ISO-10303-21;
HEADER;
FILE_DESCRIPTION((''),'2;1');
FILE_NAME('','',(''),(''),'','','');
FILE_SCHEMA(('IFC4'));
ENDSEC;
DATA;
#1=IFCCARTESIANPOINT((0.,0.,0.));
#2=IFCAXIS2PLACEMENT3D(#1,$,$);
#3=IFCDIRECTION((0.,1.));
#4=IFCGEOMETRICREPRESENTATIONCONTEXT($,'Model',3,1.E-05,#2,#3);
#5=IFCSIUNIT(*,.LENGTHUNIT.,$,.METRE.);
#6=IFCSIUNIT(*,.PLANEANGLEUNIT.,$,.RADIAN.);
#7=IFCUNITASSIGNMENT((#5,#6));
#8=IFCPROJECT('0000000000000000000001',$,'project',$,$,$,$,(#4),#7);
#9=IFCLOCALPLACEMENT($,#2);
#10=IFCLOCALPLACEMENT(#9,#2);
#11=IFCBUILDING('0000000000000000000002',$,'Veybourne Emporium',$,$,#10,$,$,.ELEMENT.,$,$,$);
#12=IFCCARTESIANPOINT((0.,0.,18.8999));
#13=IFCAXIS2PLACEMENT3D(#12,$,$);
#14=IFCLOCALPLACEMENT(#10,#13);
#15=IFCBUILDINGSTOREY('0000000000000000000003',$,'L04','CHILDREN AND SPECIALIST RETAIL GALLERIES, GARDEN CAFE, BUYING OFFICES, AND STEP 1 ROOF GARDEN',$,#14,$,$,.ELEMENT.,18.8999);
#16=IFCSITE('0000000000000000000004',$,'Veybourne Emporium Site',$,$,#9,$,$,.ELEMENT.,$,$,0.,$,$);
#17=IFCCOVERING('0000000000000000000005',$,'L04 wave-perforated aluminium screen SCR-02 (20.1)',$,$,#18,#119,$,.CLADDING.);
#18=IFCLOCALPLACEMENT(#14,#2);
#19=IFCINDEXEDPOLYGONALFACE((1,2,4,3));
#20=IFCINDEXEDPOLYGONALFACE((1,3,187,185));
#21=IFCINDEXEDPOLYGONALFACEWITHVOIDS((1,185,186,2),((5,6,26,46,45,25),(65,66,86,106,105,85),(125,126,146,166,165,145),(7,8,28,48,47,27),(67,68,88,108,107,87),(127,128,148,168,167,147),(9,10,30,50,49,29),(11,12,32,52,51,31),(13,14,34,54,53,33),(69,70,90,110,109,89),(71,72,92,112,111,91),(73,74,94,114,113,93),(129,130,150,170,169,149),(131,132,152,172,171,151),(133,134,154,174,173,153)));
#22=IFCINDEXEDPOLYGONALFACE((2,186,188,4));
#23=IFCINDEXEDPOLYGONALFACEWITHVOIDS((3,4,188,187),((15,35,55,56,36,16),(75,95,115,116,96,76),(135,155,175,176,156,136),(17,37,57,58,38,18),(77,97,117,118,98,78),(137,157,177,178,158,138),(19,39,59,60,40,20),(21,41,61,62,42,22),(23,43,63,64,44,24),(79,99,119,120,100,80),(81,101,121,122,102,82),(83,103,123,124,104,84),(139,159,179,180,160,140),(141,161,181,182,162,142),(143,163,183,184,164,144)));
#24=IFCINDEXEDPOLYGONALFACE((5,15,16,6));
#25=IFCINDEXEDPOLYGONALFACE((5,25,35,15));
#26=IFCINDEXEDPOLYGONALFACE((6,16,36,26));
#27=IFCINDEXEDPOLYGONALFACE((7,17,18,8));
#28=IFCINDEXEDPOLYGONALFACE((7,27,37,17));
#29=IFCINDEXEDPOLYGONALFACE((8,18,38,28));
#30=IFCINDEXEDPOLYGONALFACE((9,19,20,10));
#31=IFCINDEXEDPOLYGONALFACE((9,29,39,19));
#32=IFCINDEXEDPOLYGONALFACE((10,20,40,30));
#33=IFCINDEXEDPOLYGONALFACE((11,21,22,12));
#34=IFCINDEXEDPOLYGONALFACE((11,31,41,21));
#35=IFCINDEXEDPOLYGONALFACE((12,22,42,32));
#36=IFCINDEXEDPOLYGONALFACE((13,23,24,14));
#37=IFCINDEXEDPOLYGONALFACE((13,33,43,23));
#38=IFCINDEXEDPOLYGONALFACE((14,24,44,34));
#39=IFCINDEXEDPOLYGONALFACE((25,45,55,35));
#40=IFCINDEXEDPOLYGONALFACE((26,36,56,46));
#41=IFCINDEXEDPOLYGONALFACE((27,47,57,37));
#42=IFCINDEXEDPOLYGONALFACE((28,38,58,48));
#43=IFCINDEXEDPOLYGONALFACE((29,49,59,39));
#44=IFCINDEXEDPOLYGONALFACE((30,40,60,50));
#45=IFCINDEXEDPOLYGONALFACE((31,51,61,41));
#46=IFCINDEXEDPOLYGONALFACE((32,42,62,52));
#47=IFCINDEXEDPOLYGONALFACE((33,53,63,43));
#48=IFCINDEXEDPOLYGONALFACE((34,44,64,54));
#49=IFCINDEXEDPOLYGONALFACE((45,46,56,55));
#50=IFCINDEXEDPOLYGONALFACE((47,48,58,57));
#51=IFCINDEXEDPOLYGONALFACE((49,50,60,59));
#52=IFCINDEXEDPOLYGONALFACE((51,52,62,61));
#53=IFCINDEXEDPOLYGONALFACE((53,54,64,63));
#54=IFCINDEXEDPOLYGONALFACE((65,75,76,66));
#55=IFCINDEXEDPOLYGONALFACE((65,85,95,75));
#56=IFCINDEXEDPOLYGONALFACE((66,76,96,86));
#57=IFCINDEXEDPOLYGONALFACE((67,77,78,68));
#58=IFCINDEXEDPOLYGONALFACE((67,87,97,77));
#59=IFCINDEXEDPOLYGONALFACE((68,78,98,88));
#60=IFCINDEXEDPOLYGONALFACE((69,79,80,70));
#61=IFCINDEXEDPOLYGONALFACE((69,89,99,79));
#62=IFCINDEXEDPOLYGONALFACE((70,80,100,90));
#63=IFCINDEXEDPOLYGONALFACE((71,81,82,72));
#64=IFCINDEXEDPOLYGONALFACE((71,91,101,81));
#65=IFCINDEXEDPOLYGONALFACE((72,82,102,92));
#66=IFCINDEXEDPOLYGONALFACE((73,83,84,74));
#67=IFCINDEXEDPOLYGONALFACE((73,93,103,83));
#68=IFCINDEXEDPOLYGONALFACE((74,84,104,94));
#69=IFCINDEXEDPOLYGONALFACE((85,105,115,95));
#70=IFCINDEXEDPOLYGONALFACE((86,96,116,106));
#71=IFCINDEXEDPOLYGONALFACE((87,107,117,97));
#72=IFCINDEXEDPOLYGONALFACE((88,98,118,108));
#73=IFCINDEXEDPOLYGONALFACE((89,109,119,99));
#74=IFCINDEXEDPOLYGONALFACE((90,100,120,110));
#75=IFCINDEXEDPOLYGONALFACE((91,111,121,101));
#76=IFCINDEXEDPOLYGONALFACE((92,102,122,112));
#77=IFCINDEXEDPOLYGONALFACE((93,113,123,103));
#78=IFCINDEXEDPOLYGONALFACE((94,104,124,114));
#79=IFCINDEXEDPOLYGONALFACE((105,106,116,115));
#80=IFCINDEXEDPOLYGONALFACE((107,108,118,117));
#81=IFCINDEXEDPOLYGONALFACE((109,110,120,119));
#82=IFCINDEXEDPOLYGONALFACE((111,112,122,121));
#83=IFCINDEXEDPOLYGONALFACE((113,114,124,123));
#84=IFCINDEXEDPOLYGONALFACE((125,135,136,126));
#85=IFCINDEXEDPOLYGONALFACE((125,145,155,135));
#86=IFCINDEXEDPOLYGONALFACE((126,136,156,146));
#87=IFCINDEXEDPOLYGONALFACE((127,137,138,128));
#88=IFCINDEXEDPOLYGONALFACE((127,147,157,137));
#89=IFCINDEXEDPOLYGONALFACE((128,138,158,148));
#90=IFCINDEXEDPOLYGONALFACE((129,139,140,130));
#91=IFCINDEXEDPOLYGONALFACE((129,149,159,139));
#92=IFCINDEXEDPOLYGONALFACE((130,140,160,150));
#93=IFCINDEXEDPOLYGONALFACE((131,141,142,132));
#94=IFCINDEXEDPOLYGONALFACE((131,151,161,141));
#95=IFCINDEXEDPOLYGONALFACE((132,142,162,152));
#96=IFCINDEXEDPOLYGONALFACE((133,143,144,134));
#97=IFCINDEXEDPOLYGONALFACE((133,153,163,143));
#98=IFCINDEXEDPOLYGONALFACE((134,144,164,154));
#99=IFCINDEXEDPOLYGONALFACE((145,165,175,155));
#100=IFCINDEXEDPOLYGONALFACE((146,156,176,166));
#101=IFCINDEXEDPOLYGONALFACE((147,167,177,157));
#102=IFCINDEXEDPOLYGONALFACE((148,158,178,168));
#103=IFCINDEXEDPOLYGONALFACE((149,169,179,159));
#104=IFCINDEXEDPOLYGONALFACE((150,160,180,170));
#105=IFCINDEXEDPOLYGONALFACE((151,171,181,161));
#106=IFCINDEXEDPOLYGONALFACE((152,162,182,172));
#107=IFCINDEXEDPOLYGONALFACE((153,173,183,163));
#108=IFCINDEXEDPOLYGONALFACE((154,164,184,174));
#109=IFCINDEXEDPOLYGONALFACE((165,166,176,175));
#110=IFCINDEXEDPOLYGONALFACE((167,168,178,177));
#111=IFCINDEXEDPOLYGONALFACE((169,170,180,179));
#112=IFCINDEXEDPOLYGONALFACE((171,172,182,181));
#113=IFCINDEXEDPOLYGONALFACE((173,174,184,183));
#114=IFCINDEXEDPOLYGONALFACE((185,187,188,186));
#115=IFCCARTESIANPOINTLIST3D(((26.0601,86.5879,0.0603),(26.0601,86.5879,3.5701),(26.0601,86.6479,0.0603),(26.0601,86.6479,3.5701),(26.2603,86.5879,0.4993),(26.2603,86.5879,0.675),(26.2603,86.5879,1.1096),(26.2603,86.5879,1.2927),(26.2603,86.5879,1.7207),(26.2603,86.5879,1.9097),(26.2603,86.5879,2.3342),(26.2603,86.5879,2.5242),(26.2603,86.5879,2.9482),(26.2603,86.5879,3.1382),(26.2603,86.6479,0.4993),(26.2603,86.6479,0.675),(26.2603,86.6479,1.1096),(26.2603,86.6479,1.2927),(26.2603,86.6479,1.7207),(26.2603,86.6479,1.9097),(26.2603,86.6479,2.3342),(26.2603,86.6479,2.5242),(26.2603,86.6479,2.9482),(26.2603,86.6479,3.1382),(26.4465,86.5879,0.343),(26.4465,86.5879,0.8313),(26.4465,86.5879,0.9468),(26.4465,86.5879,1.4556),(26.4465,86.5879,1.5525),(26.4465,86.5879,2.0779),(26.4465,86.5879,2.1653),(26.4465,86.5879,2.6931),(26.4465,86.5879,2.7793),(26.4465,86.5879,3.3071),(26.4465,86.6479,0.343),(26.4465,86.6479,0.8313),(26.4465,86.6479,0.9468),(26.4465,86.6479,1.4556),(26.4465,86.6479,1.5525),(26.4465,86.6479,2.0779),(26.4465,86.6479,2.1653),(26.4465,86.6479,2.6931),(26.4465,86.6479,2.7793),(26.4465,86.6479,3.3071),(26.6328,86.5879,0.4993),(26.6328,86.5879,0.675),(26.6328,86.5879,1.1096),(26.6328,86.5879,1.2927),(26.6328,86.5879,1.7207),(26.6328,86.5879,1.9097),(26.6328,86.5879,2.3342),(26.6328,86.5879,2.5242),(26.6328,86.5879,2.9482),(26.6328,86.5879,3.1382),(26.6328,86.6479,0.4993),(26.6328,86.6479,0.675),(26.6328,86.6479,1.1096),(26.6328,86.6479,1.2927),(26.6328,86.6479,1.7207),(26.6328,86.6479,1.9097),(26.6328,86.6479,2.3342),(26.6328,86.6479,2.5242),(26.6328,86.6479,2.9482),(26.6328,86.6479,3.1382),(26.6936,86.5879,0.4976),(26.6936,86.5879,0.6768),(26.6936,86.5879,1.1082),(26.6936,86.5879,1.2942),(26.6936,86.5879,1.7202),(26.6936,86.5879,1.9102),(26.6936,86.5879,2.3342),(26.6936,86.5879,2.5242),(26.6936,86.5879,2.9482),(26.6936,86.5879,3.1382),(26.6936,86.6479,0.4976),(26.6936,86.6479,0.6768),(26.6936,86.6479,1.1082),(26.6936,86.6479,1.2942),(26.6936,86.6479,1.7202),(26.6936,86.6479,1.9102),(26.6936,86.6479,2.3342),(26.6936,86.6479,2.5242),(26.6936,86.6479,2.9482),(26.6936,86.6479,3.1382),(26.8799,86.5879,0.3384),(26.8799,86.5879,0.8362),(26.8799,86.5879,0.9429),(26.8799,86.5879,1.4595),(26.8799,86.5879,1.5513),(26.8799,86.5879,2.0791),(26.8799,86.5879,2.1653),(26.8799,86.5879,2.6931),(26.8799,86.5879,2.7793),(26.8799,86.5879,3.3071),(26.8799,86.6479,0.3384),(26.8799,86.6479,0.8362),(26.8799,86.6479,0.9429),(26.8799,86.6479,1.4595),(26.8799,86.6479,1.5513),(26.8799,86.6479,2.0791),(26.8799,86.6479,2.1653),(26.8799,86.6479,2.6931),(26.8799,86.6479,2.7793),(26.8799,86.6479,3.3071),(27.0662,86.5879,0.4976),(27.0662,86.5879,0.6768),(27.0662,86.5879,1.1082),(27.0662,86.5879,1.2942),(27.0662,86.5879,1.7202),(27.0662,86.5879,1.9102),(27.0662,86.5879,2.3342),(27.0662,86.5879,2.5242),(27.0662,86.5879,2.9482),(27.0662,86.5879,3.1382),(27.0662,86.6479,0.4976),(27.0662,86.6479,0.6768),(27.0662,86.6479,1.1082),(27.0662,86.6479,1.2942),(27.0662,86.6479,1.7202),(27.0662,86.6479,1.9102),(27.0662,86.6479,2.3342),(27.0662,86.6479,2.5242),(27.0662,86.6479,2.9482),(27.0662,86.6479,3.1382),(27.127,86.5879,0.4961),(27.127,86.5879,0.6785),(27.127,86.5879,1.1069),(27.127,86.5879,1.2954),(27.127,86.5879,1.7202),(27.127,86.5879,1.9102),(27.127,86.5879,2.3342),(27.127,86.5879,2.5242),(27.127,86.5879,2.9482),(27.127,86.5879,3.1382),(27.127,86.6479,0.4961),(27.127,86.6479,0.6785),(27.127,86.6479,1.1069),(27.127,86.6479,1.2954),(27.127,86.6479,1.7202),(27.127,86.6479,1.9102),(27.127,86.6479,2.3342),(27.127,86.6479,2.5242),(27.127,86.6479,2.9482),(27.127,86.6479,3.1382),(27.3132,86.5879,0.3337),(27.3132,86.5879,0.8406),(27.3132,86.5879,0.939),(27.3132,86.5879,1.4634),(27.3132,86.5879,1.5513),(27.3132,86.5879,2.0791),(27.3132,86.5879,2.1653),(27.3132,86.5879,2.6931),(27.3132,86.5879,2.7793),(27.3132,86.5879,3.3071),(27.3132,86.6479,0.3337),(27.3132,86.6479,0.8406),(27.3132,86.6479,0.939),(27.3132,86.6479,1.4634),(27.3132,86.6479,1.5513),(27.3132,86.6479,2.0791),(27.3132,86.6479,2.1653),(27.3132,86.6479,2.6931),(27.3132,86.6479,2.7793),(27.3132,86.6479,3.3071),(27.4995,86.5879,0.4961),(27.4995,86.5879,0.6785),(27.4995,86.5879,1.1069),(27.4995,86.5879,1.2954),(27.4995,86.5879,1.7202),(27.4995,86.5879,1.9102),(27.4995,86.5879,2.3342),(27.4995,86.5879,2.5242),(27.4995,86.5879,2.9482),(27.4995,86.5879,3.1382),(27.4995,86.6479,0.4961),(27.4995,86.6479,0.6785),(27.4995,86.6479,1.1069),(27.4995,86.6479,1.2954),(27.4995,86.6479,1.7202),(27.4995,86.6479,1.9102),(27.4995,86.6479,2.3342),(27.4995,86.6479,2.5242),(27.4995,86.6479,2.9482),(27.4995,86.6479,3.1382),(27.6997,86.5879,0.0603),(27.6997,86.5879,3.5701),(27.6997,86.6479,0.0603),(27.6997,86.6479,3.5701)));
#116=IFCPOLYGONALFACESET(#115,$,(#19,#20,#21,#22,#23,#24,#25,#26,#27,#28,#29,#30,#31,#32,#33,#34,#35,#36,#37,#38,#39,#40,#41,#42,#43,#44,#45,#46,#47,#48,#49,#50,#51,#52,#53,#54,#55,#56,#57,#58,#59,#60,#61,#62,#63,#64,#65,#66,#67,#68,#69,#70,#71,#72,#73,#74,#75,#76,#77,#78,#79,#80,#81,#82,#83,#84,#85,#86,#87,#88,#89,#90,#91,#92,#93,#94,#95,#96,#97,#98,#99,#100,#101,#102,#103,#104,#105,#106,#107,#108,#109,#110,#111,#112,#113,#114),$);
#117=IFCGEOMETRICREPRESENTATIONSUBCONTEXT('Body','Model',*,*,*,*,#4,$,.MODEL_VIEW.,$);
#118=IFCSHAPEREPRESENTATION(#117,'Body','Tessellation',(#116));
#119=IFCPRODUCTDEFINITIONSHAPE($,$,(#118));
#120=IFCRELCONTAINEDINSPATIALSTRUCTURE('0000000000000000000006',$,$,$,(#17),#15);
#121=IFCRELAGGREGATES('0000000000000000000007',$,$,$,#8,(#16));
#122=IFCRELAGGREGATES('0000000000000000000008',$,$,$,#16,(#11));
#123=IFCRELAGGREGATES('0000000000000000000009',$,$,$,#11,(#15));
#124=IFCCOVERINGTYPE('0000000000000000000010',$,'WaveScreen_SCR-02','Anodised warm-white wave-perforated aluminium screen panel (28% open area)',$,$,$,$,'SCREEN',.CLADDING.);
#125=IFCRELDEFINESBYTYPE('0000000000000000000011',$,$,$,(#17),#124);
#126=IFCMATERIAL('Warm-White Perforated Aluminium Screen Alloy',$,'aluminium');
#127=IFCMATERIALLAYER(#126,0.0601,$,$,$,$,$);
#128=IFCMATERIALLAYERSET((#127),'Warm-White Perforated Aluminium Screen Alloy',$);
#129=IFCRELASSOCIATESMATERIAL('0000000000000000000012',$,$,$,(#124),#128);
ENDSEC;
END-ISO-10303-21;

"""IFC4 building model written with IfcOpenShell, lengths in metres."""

from ifc_helpers import new_model, si_unit, direction, frame, origin, place, context, subcontext, project, spatial, polyline, outline, extrude, material, layer, layer_set, type_object, element, save


model = new_model("IFC4")

# Units and contexts
model_context = context("Model", 3, precision=1e-05, world=origin(), true_north=direction((0.0, 1.0)))
body_context = subcontext(model_context, "Body", "Model", "MODEL_VIEW")
ifc_project = project(units=[si_unit("LENGTHUNIT", "METRE"), si_unit("PLANEANGLEUNIT", "RADIAN")], contexts=[model_context])

# Site, building, storey
site_placement = place(None, origin())
site = spatial("IfcSite", under=ifc_project, at=site_placement, Name="Veybourne Emporium Site", CompositionType="ELEMENT", RefElevation=0.0)
building_placement = place(site_placement, origin())
building = spatial("IfcBuilding", under=site, at=building_placement, Name="Veybourne Emporium", CompositionType="ELEMENT")
storey_placement = place(building_placement, frame((0.0, 0.0, 18.8999)))
storey = spatial("IfcBuildingStorey", under=building, at=storey_placement, Name="L04", Description="CHILDREN AND SPECIALIST RETAIL GALLERIES, GARDEN CAFE, BUYING OFFICES, AND STEP 1 ROOF GARDEN", CompositionType="ELEMENT", Elevation=18.8999)

# Covering
ifc_material_1 = material(Name="Warm-White Perforated Aluminium Screen Alloy", Category="aluminium")
ifc_layer_1 = layer(ifc_material_1, 0.0601)
ifc_layer_set_1 = layer_set([ifc_layer_1], Name="Warm-White Perforated Aluminium Screen Alloy")
covering_type_1 = type_object("IfcCoveringType", Name="WaveScreen_SCR-02", Description="Anodised warm-white wave-perforated aluminium screen panel (28% open area)", ElementType="SCREEN", PredefinedType="CLADDING", material=ifc_layer_set_1)
covering_1_placement = place(storey_placement, frame((26.8799, 86.6479, 1.8152), z_axis=(0.0, -1.0, 0.0), x_axis=(1.0, 0.0, 0.0)))
element("IfcCovering", 1, at=covering_1_placement, inside=storey, type_object=covering_type_1, Name="L04 wave-perforated aluminium screen SCR-02 (20.1)", PredefinedType="CLADDING", context=body_context, shape_type="SweptSolid", body=[
    extrude(outline(polyline([(-0.8198, -1.7549), (0.8198, -1.7549), (0.8198, 1.7549), (-0.8198, 1.7549), (-0.8198, -1.7549)]), holes=[polyline([(-0.4333, -0.9839), (-0.2471, -1.1401), (-0.2471, -1.3159), (-0.4333, -1.4722), (-0.6196, -1.3159), (-0.6196, -1.1401), (-0.4333, -0.9839)]), polyline([(-0.4333, -0.3596), (-0.2471, -0.5225), (-0.2471, -0.7056), (-0.4333, -0.8684), (-0.6196, -0.7056), (-0.6196, -0.5225), (-0.4333, -0.3596)]), polyline([(-0.4333, 0.2627), (-0.2471, 0.0945), (-0.2471, -0.0945), (-0.4333, -0.2627), (-0.6196, -0.0945), (-0.6196, 0.0945), (-0.4333, 0.2627)]), polyline([(-0.4333, 0.8779), (-0.2471, 0.709), (-0.2471, 0.519), (-0.4333, 0.3501), (-0.6196, 0.519), (-0.6196, 0.709), (-0.4333, 0.8779)]), polyline([(-0.4333, 1.4919), (-0.2471, 1.323), (-0.2471, 1.1331), (-0.4333, 0.9641), (-0.6196, 1.1331), (-0.6196, 1.323), (-0.4333, 1.4919)]), polyline([(0.0, -0.979), (0.1863, -1.1384), (0.1863, -1.3176), (0.0, -1.4768), (-0.1863, -1.3176), (-0.1863, -1.1384), (0.0, -0.979)]), polyline([(0.0, -0.3557), (0.1863, -0.521), (0.1863, -0.707), (0.0, -0.8723), (-0.1863, -0.707), (-0.1863, -0.521), (0.0, -0.3557)]), polyline([(0.0, 0.2639), (0.1863, 0.095), (0.1863, -0.095), (0.0, -0.2639), (-0.1863, -0.095), (-0.1863, 0.095), (0.0, 0.2639)]), polyline([(0.0, 0.8779), (0.1863, 0.709), (0.1863, 0.519), (0.0, 0.3501), (-0.1863, 0.519), (-0.1863, 0.709), (0.0, 0.8779)]), polyline([(0.0, 1.4919), (0.1863, 1.323), (0.1863, 1.1331), (0.0, 0.9641), (-0.1863, 1.1331), (-0.1863, 1.323), (0.0, 1.4919)]), polyline([(0.4333, -0.9746), (0.6196, -1.1367), (0.6196, -1.3191), (0.4333, -1.4814), (0.2471, -1.3191), (0.2471, -1.1367), (0.4333, -0.9746)]), polyline([(0.4333, -0.3518), (0.6196, -0.5198), (0.6196, -0.7083), (0.4333, -0.8762), (0.2471, -0.7083), (0.2471, -0.5198), (0.4333, -0.3518)]), polyline([(0.4333, 0.2639), (0.6196, 0.095), (0.6196, -0.095), (0.4333, -0.2639), (0.2471, -0.095), (0.2471, 0.095), (0.4333, 0.2639)]), polyline([(0.4333, 0.8779), (0.6196, 0.709), (0.6196, 0.519), (0.4333, 0.3501), (0.2471, 0.519), (0.2471, 0.709), (0.4333, 0.8779)]), polyline([(0.4333, 1.4919), (0.6196, 1.323), (0.6196, 1.1331), (0.4333, 0.9641), (0.2471, 1.1331), (0.2471, 1.323), (0.4333, 1.4919)])]), origin(), (0.0, 0.0, 1.0), 0.0601),
])

save(model, "model.ifc")
